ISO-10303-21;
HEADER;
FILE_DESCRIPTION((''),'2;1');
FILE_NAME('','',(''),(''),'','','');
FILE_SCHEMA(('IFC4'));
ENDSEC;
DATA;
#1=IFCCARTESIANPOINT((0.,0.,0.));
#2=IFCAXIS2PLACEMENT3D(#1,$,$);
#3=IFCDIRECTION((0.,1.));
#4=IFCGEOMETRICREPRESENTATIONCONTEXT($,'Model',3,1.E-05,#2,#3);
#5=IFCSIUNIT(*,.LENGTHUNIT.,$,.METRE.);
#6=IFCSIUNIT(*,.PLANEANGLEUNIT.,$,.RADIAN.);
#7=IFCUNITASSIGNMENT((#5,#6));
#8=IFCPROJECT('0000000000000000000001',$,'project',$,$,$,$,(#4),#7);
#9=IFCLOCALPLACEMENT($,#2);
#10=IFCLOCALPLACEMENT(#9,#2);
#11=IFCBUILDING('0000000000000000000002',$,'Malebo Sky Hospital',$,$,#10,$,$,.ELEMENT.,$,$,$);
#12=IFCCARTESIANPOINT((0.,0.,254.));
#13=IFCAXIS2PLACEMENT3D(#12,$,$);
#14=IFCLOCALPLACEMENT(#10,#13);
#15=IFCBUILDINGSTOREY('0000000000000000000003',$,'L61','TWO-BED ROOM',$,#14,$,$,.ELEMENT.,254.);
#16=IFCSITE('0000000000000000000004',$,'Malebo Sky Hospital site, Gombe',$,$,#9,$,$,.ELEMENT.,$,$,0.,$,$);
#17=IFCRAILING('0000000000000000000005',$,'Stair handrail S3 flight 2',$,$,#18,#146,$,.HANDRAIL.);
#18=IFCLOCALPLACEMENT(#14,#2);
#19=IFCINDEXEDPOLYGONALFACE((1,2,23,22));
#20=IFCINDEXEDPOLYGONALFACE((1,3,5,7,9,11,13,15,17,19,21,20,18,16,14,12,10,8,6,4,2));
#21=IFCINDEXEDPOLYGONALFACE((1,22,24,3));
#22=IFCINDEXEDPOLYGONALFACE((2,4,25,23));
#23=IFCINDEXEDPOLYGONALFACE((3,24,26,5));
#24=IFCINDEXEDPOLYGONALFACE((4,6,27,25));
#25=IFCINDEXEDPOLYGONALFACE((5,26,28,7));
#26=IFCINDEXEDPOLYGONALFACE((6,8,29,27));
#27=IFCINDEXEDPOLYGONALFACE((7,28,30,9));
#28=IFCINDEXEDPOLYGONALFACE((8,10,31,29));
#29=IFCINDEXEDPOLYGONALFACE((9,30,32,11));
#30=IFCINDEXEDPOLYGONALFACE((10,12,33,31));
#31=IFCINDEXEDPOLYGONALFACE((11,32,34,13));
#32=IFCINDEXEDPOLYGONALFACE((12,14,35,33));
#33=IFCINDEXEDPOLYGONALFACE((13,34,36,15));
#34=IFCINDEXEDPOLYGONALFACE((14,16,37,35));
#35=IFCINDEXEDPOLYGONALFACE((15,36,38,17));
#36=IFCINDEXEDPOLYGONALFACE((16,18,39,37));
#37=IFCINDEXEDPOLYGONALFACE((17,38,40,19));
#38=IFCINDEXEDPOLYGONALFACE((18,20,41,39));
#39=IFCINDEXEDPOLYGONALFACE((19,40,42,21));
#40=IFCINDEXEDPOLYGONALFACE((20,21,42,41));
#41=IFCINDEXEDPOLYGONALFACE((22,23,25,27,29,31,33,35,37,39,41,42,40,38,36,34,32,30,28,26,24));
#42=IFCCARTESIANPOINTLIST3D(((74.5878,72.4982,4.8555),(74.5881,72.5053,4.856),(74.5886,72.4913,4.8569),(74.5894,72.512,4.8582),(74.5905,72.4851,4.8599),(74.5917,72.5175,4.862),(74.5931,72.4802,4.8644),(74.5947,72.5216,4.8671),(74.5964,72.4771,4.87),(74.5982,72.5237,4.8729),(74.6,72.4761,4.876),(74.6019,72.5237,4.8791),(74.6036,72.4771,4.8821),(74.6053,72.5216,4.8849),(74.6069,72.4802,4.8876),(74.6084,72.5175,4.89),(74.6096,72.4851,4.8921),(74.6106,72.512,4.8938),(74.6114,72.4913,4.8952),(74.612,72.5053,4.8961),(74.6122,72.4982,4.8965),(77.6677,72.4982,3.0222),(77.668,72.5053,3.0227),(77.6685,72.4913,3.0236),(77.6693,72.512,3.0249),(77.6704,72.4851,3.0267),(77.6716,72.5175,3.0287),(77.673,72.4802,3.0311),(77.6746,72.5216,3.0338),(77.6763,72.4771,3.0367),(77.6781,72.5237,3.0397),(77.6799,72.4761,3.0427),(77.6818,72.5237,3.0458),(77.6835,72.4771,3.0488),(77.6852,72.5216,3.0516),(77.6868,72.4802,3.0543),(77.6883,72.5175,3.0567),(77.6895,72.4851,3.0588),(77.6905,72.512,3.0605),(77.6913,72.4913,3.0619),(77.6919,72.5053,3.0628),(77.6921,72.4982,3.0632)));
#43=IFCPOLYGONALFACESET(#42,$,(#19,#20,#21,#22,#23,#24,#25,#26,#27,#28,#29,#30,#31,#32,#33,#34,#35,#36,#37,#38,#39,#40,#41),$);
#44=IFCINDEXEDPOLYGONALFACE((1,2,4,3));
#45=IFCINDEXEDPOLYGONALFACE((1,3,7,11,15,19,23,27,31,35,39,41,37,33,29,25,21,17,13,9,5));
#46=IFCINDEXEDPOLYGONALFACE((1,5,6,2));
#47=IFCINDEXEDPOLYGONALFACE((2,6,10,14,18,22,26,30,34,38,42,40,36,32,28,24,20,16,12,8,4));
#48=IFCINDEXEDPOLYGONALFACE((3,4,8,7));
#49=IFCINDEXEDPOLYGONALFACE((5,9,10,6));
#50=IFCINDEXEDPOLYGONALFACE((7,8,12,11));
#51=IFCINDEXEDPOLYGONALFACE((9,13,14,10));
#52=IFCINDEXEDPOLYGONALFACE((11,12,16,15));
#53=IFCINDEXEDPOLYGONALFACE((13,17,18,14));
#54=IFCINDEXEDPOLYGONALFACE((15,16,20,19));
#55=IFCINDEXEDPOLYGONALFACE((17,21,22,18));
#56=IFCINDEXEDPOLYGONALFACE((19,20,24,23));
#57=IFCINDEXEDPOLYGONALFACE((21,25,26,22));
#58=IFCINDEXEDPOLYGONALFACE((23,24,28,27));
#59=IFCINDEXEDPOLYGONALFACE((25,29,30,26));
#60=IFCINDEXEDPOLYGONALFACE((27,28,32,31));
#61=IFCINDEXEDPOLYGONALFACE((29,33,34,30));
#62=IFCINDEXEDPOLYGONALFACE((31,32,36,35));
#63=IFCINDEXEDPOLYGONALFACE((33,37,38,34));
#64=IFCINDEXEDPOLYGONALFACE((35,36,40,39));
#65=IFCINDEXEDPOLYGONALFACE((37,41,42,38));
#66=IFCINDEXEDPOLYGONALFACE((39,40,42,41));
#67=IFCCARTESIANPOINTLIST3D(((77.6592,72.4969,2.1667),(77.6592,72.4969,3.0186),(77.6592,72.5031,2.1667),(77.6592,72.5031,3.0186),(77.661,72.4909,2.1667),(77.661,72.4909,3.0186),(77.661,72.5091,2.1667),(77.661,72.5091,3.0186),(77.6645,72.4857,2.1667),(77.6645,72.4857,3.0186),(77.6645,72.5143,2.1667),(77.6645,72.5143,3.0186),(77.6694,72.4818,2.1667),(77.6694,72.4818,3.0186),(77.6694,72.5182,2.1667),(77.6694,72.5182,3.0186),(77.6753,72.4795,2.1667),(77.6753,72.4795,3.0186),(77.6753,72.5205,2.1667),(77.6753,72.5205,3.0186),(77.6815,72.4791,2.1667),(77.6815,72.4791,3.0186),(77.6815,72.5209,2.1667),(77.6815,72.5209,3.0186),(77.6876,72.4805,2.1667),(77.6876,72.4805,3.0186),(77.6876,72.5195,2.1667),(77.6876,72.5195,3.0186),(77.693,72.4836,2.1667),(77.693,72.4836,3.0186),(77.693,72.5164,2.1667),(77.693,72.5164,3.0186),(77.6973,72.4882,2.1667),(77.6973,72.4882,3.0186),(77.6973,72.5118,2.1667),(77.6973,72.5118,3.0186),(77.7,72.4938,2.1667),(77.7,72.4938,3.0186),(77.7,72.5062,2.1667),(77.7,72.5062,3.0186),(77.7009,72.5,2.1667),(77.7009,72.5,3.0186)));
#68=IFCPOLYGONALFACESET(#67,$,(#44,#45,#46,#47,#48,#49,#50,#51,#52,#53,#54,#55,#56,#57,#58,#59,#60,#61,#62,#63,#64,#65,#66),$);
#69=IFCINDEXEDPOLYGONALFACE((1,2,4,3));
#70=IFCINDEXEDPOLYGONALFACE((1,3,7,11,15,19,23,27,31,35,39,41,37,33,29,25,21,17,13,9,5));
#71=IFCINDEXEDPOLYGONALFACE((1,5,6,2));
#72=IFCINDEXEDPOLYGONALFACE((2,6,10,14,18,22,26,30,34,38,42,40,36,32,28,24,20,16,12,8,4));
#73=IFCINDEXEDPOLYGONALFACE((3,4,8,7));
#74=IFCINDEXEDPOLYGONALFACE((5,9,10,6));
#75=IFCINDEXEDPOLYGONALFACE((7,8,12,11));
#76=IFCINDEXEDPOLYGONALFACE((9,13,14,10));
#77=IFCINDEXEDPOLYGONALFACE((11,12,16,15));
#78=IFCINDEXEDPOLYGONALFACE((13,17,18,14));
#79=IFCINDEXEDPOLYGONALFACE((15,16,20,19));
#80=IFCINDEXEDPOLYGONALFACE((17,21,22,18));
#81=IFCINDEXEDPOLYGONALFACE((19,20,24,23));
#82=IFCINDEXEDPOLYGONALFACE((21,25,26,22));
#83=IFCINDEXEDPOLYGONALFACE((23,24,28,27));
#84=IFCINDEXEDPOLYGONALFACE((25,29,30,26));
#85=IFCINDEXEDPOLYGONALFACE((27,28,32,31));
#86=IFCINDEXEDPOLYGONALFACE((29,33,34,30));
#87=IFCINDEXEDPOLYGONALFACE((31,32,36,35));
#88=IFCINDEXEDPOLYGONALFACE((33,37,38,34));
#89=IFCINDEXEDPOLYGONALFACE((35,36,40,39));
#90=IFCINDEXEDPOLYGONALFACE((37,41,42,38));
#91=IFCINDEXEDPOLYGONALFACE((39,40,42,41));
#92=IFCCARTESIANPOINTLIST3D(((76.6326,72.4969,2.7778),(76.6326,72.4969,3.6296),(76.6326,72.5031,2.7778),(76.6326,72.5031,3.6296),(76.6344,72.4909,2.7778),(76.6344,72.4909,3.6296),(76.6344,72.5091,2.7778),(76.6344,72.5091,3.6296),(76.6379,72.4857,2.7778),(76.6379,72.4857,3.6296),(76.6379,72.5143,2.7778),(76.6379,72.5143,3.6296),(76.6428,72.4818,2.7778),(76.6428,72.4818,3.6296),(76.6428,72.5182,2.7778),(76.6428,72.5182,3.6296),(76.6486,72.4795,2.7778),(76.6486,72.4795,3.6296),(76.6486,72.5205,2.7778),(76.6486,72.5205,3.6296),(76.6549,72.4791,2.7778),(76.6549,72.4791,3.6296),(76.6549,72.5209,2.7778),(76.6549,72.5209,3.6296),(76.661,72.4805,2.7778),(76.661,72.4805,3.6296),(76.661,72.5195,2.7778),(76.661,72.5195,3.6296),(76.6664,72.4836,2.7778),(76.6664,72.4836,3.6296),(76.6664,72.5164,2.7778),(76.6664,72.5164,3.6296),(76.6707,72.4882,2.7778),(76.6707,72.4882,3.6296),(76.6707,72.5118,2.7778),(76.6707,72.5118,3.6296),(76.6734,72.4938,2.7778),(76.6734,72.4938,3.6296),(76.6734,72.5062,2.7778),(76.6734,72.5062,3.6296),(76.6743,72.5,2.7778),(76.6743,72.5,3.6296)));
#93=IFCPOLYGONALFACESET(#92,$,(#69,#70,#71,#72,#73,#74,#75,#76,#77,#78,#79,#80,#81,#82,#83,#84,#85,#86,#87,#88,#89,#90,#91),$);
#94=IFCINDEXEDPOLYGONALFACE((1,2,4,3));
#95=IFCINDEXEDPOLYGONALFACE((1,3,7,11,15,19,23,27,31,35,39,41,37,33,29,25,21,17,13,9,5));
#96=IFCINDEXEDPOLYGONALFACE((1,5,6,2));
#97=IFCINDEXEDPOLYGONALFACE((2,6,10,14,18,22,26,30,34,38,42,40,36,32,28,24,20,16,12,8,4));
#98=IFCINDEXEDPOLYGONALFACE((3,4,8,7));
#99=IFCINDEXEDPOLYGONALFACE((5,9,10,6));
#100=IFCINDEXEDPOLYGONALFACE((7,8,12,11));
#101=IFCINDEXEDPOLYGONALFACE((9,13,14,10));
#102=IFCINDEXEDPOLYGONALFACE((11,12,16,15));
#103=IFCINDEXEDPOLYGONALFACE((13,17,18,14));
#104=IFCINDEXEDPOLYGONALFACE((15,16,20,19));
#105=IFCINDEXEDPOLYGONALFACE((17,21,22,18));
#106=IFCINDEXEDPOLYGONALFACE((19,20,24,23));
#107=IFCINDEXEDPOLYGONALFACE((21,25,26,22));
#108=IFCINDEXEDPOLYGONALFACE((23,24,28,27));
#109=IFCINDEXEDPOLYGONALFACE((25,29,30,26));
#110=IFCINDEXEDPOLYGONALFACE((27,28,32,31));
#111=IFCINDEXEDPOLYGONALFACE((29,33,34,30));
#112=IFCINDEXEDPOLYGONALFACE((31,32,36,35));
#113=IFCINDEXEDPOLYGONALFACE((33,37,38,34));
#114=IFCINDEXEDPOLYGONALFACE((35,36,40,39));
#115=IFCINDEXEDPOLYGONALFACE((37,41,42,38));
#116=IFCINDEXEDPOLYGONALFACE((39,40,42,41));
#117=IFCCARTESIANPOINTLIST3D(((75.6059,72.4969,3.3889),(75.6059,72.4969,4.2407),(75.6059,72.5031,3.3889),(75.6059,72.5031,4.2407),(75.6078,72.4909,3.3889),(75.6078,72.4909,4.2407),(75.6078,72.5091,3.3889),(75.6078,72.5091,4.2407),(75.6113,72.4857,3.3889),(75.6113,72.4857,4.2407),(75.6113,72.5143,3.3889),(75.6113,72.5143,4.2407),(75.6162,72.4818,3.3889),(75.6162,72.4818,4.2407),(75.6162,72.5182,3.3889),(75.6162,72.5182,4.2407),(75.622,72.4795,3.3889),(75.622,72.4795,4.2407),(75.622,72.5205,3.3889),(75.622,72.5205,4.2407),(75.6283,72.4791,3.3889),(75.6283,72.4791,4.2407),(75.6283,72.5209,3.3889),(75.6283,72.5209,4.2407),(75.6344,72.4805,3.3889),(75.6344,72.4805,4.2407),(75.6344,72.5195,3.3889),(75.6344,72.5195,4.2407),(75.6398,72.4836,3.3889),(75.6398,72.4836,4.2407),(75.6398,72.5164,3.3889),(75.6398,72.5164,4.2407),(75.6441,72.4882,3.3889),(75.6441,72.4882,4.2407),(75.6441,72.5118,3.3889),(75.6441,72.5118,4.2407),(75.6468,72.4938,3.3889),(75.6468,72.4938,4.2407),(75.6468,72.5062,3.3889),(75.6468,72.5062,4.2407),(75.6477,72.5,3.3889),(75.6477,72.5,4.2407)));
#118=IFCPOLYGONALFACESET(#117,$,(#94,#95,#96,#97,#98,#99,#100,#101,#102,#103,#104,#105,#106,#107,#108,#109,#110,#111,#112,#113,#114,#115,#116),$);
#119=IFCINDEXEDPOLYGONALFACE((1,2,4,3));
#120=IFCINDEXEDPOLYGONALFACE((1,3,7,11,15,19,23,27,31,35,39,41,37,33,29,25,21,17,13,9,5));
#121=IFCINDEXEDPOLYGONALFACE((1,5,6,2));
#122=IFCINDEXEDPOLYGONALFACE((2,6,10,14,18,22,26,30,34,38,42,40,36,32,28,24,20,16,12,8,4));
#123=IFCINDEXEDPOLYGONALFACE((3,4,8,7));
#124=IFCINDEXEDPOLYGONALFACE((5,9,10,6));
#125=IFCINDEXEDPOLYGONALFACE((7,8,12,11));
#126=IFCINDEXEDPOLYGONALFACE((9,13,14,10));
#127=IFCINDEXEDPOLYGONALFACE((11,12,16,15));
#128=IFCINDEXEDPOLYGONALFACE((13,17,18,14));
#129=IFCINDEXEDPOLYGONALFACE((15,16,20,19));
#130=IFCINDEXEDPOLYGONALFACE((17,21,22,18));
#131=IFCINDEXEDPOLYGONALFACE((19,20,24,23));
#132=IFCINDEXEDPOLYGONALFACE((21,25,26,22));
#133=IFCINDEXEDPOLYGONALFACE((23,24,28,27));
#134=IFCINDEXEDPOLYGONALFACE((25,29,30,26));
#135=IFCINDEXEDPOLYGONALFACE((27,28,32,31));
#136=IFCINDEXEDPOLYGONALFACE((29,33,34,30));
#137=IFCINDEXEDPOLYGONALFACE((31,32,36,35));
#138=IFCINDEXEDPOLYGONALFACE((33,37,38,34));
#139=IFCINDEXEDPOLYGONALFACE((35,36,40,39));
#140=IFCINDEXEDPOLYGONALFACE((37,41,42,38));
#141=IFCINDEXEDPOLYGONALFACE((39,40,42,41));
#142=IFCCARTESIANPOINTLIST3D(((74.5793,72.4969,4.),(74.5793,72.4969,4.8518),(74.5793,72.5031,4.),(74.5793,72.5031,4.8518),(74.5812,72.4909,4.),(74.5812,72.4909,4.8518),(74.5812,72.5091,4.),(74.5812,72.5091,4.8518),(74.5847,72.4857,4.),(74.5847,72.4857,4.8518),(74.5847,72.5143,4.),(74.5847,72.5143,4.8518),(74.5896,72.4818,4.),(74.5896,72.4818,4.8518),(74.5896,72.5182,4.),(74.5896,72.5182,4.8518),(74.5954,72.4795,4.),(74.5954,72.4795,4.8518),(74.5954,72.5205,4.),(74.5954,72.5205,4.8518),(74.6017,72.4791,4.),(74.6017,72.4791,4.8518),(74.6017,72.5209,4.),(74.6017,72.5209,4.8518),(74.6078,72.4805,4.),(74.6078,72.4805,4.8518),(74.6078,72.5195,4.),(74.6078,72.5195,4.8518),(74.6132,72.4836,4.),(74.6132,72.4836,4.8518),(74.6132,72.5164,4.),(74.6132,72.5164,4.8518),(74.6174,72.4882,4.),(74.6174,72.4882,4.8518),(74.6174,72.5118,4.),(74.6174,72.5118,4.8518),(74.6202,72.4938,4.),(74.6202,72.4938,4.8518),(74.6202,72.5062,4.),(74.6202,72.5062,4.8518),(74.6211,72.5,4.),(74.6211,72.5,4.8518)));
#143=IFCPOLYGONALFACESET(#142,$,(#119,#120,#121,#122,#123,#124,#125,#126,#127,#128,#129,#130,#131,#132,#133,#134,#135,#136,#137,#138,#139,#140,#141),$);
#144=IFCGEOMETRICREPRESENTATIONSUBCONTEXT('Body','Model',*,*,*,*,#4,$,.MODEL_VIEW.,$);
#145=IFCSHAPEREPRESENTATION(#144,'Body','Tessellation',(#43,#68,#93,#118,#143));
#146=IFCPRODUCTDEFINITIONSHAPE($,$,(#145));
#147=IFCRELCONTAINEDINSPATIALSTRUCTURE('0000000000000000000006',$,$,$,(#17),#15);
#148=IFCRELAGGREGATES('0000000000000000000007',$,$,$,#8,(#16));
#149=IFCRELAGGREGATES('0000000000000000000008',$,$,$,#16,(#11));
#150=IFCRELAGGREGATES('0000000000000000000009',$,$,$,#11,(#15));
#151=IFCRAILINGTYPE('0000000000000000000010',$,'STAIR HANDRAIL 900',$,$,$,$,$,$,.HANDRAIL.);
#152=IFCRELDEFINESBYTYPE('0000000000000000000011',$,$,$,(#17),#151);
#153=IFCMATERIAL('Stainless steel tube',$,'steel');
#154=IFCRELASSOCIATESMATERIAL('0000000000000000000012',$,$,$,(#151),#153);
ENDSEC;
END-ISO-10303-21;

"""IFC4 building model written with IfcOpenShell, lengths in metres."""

from ifc_helpers import new_model, si_unit, direction, frame, origin, origin_2d, place, context, subcontext, project, spatial, circle, extrude, material, type_object, element, save


model = new_model("IFC4")

# Units and contexts
model_context = context("Model", 3, precision=1e-05, world=origin(), true_north=direction((0.0, 1.0)))
body_context = subcontext(model_context, "Body", "Model", "MODEL_VIEW")
ifc_project = project(units=[si_unit("LENGTHUNIT", "METRE"), si_unit("PLANEANGLEUNIT", "RADIAN")], contexts=[model_context])

# Site, building, storey
site_placement = place(None, origin())
site = spatial("IfcSite", under=ifc_project, at=site_placement, Name="Malebo Sky Hospital site, Gombe", CompositionType="ELEMENT", RefElevation=0.0)
building_placement = place(site_placement, origin())
building = spatial("IfcBuilding", under=site, at=building_placement, Name="Malebo Sky Hospital", CompositionType="ELEMENT")
storey_placement = place(building_placement, frame((0.0, 0.0, 254.0)))
storey = spatial("IfcBuildingStorey", under=building, at=storey_placement, Name="L61", Description="TWO-BED ROOM", CompositionType="ELEMENT", Elevation=254.0)

# Railing
ifc_material_1 = material(Name="Stainless steel tube", Category="steel")
railing_type_1 = type_object("IfcRailingType", Name="STAIR HANDRAIL 900", PredefinedType="HANDRAIL", material=ifc_material_1)
railing_1_placement = place(storey_placement, frame((77.6799, 72.5, 2.1667)))
element("IfcRailing", 1, at=railing_1_placement, inside=storey, type_object=railing_type_1, Name="Stair handrail S3 flight 2", PredefinedType="HANDRAIL", context=body_context, shape_type="SweptSolid", body=[
    extrude(circle(Radius=0.0239, at=origin_2d()), frame((0.0, 0.0, 0.876), z_axis=(-0.859291, 0.0, 0.511487), x_axis=(0.0, -1.0, 0.0)), (0.0, 0.0, 1.0), 3.5842),
    extrude(circle(Radius=0.021, at=origin_2d()), origin(), (0.0, 0.0, 1.0), 0.8518),
    extrude(circle(Radius=0.021, at=origin_2d()), frame((-1.0266, 0.0, 0.6111)), (0.0, 0.0, 1.0), 0.8518),
    extrude(circle(Radius=0.021, at=origin_2d()), frame((-2.0532, 0.0, 1.2222)), (0.0, 0.0, 1.0), 0.8518),
    extrude(circle(Radius=0.021, at=origin_2d()), frame((-3.0798, 0.0, 1.8333)), (0.0, 0.0, 1.0), 0.8518),
])

save(model, "model.ifc")
